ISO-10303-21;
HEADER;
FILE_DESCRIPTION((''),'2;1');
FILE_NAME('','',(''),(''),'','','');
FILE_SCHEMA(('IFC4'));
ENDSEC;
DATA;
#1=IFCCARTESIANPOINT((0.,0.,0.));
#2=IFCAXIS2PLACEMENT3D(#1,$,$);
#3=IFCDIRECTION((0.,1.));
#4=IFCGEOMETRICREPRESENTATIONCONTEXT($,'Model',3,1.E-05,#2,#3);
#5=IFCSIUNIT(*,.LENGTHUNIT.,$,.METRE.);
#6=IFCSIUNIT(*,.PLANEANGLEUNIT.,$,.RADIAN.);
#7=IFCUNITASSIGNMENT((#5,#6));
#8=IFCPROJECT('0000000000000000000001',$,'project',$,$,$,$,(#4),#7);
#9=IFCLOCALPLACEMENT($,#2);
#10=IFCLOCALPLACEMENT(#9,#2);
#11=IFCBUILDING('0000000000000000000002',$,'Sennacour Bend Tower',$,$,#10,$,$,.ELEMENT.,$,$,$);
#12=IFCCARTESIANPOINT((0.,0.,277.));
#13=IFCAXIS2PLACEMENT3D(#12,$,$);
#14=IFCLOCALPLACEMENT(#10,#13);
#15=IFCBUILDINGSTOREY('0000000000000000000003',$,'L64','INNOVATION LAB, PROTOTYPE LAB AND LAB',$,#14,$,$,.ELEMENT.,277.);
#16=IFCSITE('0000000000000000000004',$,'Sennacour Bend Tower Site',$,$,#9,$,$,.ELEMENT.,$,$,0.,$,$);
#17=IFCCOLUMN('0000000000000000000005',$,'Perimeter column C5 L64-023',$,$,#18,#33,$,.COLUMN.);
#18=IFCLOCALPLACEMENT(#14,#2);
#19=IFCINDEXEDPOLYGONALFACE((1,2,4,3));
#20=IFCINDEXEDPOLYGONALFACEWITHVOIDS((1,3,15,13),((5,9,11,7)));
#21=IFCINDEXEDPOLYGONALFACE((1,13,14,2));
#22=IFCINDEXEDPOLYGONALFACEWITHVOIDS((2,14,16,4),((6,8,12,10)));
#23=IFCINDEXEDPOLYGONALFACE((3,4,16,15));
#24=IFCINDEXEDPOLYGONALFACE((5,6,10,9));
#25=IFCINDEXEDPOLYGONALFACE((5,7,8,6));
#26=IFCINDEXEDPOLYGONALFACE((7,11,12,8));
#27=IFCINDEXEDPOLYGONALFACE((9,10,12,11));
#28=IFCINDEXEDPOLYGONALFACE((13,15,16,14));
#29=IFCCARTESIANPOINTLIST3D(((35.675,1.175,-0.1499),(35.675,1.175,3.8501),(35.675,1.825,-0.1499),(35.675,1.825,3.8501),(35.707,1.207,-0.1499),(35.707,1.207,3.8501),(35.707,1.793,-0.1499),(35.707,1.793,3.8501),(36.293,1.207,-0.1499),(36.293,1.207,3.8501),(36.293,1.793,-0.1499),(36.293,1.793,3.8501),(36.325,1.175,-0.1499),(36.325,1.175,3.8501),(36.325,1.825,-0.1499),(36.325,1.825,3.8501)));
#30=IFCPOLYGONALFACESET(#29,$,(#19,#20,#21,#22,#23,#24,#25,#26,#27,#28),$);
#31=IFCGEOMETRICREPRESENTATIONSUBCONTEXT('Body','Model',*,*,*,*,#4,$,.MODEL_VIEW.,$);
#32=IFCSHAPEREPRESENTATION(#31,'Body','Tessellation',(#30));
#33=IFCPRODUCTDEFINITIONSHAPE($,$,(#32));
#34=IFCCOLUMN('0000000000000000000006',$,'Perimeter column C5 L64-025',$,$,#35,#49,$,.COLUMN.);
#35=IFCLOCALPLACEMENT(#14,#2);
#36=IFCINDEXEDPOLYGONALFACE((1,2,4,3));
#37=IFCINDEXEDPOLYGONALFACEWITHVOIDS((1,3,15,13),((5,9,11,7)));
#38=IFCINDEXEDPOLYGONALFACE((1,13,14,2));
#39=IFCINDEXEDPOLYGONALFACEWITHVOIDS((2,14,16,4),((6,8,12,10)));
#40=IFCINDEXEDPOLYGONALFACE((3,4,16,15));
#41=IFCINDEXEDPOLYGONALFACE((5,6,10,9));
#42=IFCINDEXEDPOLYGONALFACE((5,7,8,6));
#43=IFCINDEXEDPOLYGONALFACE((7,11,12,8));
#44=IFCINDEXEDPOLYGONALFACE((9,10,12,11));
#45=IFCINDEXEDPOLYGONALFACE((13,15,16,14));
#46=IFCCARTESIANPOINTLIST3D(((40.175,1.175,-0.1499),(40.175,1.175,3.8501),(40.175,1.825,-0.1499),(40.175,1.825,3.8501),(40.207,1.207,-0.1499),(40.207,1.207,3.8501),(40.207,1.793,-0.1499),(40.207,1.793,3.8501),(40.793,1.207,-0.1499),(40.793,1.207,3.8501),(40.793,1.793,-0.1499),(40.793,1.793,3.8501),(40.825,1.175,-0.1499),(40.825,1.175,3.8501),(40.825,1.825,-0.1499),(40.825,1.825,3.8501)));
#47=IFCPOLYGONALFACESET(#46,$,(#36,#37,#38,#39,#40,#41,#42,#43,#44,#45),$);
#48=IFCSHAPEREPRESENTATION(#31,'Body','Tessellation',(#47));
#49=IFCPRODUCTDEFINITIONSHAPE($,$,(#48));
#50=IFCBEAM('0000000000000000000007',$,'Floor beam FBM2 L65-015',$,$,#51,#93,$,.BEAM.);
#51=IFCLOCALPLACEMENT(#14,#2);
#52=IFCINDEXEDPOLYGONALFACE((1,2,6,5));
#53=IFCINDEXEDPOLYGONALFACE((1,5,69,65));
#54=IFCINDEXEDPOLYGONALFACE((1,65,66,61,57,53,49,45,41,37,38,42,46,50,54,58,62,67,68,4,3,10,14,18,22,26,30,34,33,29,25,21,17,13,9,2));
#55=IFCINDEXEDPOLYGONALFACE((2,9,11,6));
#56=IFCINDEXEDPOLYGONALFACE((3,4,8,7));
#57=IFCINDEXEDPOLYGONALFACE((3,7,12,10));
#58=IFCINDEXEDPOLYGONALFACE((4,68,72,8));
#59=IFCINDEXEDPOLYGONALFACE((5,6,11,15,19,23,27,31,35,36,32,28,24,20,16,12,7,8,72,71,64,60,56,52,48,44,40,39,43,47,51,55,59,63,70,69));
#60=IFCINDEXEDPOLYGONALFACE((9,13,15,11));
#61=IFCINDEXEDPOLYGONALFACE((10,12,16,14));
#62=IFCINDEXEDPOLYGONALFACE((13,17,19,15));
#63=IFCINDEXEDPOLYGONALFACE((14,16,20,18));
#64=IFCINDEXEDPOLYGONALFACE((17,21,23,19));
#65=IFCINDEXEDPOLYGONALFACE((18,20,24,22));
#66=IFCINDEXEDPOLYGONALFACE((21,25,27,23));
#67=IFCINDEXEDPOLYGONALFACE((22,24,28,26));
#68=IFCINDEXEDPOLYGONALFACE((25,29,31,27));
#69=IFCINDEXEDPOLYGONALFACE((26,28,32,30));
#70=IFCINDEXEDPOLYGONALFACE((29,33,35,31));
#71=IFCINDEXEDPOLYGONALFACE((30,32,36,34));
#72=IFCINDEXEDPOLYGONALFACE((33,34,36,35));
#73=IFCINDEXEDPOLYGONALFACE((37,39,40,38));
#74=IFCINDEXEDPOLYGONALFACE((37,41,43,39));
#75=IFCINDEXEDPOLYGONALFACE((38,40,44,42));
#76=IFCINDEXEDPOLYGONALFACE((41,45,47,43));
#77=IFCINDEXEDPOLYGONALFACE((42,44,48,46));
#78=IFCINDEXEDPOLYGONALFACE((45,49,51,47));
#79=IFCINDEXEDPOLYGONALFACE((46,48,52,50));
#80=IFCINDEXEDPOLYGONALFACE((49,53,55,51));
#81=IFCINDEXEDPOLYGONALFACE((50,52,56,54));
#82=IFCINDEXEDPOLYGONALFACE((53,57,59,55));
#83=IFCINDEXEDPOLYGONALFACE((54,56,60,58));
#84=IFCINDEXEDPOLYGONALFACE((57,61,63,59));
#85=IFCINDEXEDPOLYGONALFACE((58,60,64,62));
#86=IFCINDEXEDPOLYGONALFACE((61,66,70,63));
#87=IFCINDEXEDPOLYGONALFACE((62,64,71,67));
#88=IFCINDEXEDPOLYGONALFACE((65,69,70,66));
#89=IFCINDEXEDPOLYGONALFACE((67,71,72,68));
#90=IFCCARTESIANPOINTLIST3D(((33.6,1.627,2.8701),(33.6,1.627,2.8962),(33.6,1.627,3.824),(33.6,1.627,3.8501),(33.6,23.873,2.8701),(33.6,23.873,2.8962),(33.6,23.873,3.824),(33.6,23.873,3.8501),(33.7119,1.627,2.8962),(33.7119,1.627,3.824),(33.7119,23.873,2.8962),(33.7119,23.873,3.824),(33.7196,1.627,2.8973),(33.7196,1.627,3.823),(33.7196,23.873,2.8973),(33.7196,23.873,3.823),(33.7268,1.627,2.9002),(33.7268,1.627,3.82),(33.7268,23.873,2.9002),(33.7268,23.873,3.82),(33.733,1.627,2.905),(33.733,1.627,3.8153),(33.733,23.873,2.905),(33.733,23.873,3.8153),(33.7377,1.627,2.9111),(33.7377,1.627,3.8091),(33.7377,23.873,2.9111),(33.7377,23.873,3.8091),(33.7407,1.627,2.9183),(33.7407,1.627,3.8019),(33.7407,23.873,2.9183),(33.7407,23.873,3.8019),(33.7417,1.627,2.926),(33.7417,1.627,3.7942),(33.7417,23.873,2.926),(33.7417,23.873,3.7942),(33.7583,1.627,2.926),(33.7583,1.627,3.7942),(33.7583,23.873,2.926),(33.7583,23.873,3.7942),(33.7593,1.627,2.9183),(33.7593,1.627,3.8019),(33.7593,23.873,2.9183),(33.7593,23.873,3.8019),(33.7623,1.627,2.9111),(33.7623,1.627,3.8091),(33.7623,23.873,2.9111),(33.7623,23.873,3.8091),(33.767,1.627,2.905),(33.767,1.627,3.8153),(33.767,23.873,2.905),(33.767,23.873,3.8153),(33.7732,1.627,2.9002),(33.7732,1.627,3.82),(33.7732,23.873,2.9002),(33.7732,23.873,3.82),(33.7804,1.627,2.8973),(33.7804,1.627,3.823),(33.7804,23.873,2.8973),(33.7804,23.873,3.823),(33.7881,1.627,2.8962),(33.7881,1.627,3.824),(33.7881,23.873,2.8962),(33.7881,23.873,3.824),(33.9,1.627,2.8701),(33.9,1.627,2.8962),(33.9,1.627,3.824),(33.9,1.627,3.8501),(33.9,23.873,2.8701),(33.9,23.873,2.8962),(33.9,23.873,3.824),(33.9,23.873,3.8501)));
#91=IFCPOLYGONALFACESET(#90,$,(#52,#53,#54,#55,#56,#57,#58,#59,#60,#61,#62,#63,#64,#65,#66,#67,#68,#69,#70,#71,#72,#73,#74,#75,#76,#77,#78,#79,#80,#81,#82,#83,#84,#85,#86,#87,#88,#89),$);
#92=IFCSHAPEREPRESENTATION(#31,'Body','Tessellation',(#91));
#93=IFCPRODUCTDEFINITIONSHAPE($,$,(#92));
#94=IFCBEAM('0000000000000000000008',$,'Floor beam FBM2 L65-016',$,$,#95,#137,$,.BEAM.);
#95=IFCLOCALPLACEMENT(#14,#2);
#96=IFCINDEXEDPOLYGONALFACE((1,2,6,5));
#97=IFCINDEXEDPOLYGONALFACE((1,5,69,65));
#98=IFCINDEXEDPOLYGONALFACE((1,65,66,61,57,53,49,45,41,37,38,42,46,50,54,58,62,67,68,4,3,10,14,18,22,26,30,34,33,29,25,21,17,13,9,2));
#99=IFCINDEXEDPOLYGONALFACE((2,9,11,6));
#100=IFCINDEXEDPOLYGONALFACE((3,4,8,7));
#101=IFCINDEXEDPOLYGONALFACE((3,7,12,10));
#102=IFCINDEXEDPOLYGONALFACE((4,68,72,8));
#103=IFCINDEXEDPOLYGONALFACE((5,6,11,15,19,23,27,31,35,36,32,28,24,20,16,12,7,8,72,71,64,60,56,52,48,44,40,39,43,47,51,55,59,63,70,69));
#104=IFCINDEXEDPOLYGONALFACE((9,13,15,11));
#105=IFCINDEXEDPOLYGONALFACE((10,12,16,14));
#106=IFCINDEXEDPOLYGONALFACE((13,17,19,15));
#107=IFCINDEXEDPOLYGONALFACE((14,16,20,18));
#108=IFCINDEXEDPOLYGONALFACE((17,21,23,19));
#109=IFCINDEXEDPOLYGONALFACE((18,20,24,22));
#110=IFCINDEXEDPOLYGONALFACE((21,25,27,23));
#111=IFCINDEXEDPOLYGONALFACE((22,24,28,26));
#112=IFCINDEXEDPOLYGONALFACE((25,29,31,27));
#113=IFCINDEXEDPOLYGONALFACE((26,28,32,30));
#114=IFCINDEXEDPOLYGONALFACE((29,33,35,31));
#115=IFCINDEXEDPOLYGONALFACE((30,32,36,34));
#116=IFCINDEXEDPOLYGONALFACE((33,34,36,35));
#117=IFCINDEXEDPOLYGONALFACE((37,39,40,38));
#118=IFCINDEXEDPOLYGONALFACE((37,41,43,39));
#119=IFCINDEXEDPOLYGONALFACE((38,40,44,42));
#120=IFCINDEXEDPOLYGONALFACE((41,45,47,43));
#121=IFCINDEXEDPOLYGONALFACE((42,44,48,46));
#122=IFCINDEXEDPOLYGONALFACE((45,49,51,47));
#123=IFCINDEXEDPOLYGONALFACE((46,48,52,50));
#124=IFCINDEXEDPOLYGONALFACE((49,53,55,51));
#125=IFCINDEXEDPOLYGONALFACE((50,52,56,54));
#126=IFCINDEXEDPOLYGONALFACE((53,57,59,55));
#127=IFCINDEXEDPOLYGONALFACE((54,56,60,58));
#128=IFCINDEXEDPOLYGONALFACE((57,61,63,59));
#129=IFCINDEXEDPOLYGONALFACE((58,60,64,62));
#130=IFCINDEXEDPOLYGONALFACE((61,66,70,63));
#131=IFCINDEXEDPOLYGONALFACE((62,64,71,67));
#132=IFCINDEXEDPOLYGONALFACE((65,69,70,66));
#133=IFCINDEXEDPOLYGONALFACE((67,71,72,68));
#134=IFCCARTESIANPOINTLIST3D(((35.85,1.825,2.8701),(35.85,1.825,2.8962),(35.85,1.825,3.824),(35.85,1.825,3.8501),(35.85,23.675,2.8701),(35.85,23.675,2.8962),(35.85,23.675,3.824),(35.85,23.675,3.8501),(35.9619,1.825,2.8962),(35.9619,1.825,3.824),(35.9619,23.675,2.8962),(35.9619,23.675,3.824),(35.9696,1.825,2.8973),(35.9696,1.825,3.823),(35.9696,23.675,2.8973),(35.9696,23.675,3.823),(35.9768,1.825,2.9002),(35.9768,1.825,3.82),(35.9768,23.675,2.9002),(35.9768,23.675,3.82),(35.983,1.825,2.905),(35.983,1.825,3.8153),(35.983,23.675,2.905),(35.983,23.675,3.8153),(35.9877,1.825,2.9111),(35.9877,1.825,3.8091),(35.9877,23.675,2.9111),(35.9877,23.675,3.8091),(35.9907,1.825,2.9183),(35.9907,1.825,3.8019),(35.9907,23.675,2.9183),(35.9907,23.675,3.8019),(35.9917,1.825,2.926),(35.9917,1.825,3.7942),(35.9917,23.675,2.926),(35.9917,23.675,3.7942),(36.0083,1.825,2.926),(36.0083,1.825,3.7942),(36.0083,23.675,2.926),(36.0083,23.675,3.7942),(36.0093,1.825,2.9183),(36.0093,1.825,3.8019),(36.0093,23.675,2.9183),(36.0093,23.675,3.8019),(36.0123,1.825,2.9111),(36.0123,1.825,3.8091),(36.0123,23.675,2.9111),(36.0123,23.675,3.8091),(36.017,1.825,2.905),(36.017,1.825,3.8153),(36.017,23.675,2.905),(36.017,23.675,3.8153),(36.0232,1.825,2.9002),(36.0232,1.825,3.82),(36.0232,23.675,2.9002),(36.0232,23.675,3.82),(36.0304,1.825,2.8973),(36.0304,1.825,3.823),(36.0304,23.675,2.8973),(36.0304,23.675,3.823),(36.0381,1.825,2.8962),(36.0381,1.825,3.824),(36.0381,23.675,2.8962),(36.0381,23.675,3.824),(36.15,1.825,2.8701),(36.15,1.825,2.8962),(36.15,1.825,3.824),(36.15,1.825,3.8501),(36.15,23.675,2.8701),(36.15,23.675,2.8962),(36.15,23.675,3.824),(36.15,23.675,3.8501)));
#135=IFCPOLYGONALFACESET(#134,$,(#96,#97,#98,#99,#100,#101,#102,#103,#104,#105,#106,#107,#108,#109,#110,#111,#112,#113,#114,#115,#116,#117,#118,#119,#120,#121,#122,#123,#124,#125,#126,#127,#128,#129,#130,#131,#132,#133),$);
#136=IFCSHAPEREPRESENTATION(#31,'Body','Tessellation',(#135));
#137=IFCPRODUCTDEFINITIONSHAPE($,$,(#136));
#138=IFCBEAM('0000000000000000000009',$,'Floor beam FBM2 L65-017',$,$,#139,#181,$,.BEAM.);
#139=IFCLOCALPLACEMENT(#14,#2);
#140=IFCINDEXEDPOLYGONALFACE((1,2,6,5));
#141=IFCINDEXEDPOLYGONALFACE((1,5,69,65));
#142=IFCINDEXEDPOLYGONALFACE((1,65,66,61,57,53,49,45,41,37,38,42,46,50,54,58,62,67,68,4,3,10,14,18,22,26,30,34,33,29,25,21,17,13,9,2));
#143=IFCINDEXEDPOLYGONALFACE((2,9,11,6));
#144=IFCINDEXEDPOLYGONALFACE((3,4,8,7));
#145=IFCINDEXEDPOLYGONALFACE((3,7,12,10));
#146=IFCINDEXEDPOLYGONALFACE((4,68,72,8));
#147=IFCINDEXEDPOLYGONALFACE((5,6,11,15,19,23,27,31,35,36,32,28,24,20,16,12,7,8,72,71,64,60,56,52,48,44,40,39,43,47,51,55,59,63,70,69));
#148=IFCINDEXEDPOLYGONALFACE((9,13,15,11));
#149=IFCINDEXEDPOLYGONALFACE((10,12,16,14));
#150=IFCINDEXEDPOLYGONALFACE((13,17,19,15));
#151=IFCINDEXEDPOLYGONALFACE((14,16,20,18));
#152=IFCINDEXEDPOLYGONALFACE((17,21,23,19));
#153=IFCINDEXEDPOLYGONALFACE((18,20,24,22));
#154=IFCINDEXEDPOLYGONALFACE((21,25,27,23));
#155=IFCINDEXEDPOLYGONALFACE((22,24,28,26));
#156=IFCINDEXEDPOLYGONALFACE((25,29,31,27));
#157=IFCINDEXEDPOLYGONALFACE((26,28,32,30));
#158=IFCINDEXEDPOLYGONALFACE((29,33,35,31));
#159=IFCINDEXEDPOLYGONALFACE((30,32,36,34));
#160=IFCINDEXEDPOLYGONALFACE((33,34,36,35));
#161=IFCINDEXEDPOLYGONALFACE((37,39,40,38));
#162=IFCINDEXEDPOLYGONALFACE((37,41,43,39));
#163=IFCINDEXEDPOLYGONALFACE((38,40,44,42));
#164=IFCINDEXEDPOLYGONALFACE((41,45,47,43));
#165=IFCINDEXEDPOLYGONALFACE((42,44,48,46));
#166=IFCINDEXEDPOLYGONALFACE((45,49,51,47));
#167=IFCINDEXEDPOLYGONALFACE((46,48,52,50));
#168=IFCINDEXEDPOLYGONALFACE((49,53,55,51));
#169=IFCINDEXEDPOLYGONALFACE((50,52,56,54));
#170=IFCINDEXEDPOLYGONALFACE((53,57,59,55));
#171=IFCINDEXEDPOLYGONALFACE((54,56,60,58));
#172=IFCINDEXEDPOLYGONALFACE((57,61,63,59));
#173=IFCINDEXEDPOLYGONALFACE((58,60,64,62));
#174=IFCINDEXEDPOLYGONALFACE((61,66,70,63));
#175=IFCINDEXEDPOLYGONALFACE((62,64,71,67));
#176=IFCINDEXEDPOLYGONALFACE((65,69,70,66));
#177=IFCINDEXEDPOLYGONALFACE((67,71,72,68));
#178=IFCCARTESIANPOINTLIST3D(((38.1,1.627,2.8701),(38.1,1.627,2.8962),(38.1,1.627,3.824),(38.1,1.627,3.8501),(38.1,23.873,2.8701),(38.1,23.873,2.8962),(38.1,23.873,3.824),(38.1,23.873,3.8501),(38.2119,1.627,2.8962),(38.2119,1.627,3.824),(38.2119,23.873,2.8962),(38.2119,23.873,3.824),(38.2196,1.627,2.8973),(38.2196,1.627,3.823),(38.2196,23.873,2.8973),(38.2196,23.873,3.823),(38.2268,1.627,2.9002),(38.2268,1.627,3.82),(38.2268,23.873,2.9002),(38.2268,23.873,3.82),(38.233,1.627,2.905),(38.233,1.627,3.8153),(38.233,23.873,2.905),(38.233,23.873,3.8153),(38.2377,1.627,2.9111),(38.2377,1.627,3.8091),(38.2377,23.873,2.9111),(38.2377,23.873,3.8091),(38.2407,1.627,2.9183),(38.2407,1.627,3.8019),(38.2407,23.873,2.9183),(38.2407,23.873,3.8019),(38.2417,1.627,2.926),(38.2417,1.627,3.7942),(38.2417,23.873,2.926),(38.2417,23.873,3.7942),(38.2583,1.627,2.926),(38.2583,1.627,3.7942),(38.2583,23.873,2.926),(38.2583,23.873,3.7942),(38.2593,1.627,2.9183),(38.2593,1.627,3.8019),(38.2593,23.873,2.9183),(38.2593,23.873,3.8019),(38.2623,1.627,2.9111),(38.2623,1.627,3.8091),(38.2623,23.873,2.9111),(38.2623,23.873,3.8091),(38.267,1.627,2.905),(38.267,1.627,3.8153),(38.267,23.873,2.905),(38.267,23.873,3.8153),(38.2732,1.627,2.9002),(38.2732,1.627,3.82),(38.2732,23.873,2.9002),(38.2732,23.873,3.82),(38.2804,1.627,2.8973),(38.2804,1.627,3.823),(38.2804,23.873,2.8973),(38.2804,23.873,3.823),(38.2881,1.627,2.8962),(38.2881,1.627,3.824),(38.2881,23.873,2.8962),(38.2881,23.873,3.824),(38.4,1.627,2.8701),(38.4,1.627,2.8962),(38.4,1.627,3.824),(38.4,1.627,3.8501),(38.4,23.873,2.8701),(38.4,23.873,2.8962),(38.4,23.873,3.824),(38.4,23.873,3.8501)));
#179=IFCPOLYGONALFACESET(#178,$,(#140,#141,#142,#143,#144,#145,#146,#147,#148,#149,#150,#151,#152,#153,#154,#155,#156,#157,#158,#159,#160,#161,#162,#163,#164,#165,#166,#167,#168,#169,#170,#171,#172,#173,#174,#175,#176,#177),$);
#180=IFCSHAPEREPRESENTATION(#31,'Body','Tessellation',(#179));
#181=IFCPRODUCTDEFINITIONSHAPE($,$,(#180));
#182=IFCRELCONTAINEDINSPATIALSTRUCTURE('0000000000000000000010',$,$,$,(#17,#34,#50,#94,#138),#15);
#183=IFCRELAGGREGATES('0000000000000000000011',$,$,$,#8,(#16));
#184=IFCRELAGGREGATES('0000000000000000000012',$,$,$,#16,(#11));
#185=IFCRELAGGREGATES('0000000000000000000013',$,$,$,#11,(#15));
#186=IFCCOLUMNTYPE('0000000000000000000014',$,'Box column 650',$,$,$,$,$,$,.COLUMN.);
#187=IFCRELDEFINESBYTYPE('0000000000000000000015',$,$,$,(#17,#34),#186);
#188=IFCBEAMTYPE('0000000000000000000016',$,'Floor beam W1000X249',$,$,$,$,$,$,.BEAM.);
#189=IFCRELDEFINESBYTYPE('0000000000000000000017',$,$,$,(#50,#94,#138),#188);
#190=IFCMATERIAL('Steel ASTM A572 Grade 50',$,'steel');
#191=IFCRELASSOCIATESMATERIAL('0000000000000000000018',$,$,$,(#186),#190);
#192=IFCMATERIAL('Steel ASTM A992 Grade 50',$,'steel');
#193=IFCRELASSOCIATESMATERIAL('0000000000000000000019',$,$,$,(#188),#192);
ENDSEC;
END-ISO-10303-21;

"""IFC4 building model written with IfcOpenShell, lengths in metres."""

from ifc_helpers import new_model, si_unit, direction, frame, origin, origin_2d, place, context, subcontext, project, spatial, hollow_rectangle, i_section, extrude, material, material_profile, profile_set, type_object, element, save


model = new_model("IFC4")

# Units and contexts
model_context = context("Model", 3, precision=1e-05, world=origin(), true_north=direction((0.0, 1.0)))
body_context = subcontext(model_context, "Body", "Model", "MODEL_VIEW")
ifc_project = project(units=[si_unit("LENGTHUNIT", "METRE"), si_unit("PLANEANGLEUNIT", "RADIAN")], contexts=[model_context])

# Site, building, storey
site_placement = place(None, origin())
site = spatial("IfcSite", under=ifc_project, at=site_placement, Name="Sennacour Bend Tower Site", CompositionType="ELEMENT", RefElevation=0.0)
building_placement = place(site_placement, origin())
building = spatial("IfcBuilding", under=site, at=building_placement, Name="Sennacour Bend Tower", CompositionType="ELEMENT")
storey_placement = place(building_placement, frame((0.0, 0.0, 277.0)))
storey = spatial("IfcBuildingStorey", under=building, at=storey_placement, Name="L64", Description="INNOVATION LAB, PROTOTYPE LAB AND LAB", CompositionType="ELEMENT", Elevation=277.0)

# Columns
ifc_material_1 = material(Name="Steel ASTM A572 Grade 50", Category="steel")
ifc_material_profile_1 = material_profile(ifc_material_1, hollow_rectangle(XDim=0.6499, YDim=0.6499, WallThickness=0.032, at=origin_2d()), Name="Steel ASTM A572 Grade 50", Category="steel")
ifc_profile_set_1 = profile_set([ifc_material_profile_1], Name="Steel ASTM A572 Grade 50")
column_type = type_object("IfcColumnType", Name="Box column 650", PredefinedType="COLUMN", material=ifc_profile_set_1)
for number, where, z_axis, x_axis, name in (
    (1, (36.0, 1.5, -0.1499), (0.0, 0.0, 1.0), (1.0, 0.0, 0.0), "Perimeter column C5 L64-023"),
    (2, (40.5, 1.5, -0.1499), (0.0, 0.0, 1.0), (1.0, 0.0, 0.0), "Perimeter column C5 L64-025"),
):
    element("IfcColumn", number, at=place(storey_placement, frame(where, z_axis=z_axis, x_axis=x_axis)), inside=storey, type_object=column_type, Name=name, PredefinedType="COLUMN", context=body_context, shape_type="SweptSolid", body=[
        extrude(hollow_rectangle(XDim=0.6499, YDim=0.6499, WallThickness=0.032, at=origin_2d()), origin(), (0.0, 0.0, 1.0), 4.0),
    ])

# Beams
ifc_material_2 = material(Name="Steel ASTM A992 Grade 50", Category="steel")
ifc_material_profile_2 = material_profile(ifc_material_2, i_section(OverallWidth=0.3, OverallDepth=0.98, WebThickness=0.0166, FlangeThickness=0.0261, FilletRadius=0.0298, at=origin_2d()), Name="Steel ASTM A992 Grade 50", Category="steel")
ifc_profile_set_2 = profile_set([ifc_material_profile_2], Name="Steel ASTM A992 Grade 50")
beam_type_1 = type_object("IfcBeamType", Name="Floor beam W1000X249", PredefinedType="BEAM", material=ifc_profile_set_2)
beam_1_placement = place(storey_placement, frame((33.75, 1.627, 3.3601), z_axis=(0.0, 1.0, 0.0), x_axis=(-1.0, 0.0, 0.0)))
element("IfcBeam", 3, at=beam_1_placement, inside=storey, type_object=beam_type_1, Name="Floor beam FBM2 L65-015", PredefinedType="BEAM", context=body_context, shape_type="SweptSolid", body=[
    extrude(i_section(OverallWidth=0.3, OverallDepth=0.98, WebThickness=0.0166, FlangeThickness=0.0261, FilletRadius=0.0298, at=origin_2d()), origin(), (0.0, 0.0, 1.0), 22.2461),
])
beam_2_placement = place(storey_placement, frame((36.0, 1.825, 3.3601), z_axis=(0.0, 1.0, 0.0), x_axis=(-1.0, 0.0, 0.0)))
element("IfcBeam", 4, at=beam_2_placement, inside=storey, type_object=beam_type_1, Name="Floor beam FBM2 L65-016", PredefinedType="BEAM", context=body_context, shape_type="SweptSolid", body=[
    extrude(i_section(OverallWidth=0.3, OverallDepth=0.98, WebThickness=0.0166, FlangeThickness=0.0261, FilletRadius=0.0298, at=origin_2d()), origin(), (0.0, 0.0, 1.0), 21.8501),
])
beam_3_placement = place(storey_placement, frame((38.25, 1.627, 3.3601), z_axis=(0.0, 1.0, 0.0), x_axis=(-1.0, 0.0, 0.0)))
element("IfcBeam", 5, at=beam_3_placement, inside=storey, type_object=beam_type_1, Name="Floor beam FBM2 L65-017", PredefinedType="BEAM", context=body_context, shape_type="SweptSolid", body=[
    extrude(i_section(OverallWidth=0.3, OverallDepth=0.98, WebThickness=0.0166, FlangeThickness=0.0261, FilletRadius=0.0298, at=origin_2d()), origin(), (0.0, 0.0, 1.0), 22.2461),
])

save(model, "model.ifc")
